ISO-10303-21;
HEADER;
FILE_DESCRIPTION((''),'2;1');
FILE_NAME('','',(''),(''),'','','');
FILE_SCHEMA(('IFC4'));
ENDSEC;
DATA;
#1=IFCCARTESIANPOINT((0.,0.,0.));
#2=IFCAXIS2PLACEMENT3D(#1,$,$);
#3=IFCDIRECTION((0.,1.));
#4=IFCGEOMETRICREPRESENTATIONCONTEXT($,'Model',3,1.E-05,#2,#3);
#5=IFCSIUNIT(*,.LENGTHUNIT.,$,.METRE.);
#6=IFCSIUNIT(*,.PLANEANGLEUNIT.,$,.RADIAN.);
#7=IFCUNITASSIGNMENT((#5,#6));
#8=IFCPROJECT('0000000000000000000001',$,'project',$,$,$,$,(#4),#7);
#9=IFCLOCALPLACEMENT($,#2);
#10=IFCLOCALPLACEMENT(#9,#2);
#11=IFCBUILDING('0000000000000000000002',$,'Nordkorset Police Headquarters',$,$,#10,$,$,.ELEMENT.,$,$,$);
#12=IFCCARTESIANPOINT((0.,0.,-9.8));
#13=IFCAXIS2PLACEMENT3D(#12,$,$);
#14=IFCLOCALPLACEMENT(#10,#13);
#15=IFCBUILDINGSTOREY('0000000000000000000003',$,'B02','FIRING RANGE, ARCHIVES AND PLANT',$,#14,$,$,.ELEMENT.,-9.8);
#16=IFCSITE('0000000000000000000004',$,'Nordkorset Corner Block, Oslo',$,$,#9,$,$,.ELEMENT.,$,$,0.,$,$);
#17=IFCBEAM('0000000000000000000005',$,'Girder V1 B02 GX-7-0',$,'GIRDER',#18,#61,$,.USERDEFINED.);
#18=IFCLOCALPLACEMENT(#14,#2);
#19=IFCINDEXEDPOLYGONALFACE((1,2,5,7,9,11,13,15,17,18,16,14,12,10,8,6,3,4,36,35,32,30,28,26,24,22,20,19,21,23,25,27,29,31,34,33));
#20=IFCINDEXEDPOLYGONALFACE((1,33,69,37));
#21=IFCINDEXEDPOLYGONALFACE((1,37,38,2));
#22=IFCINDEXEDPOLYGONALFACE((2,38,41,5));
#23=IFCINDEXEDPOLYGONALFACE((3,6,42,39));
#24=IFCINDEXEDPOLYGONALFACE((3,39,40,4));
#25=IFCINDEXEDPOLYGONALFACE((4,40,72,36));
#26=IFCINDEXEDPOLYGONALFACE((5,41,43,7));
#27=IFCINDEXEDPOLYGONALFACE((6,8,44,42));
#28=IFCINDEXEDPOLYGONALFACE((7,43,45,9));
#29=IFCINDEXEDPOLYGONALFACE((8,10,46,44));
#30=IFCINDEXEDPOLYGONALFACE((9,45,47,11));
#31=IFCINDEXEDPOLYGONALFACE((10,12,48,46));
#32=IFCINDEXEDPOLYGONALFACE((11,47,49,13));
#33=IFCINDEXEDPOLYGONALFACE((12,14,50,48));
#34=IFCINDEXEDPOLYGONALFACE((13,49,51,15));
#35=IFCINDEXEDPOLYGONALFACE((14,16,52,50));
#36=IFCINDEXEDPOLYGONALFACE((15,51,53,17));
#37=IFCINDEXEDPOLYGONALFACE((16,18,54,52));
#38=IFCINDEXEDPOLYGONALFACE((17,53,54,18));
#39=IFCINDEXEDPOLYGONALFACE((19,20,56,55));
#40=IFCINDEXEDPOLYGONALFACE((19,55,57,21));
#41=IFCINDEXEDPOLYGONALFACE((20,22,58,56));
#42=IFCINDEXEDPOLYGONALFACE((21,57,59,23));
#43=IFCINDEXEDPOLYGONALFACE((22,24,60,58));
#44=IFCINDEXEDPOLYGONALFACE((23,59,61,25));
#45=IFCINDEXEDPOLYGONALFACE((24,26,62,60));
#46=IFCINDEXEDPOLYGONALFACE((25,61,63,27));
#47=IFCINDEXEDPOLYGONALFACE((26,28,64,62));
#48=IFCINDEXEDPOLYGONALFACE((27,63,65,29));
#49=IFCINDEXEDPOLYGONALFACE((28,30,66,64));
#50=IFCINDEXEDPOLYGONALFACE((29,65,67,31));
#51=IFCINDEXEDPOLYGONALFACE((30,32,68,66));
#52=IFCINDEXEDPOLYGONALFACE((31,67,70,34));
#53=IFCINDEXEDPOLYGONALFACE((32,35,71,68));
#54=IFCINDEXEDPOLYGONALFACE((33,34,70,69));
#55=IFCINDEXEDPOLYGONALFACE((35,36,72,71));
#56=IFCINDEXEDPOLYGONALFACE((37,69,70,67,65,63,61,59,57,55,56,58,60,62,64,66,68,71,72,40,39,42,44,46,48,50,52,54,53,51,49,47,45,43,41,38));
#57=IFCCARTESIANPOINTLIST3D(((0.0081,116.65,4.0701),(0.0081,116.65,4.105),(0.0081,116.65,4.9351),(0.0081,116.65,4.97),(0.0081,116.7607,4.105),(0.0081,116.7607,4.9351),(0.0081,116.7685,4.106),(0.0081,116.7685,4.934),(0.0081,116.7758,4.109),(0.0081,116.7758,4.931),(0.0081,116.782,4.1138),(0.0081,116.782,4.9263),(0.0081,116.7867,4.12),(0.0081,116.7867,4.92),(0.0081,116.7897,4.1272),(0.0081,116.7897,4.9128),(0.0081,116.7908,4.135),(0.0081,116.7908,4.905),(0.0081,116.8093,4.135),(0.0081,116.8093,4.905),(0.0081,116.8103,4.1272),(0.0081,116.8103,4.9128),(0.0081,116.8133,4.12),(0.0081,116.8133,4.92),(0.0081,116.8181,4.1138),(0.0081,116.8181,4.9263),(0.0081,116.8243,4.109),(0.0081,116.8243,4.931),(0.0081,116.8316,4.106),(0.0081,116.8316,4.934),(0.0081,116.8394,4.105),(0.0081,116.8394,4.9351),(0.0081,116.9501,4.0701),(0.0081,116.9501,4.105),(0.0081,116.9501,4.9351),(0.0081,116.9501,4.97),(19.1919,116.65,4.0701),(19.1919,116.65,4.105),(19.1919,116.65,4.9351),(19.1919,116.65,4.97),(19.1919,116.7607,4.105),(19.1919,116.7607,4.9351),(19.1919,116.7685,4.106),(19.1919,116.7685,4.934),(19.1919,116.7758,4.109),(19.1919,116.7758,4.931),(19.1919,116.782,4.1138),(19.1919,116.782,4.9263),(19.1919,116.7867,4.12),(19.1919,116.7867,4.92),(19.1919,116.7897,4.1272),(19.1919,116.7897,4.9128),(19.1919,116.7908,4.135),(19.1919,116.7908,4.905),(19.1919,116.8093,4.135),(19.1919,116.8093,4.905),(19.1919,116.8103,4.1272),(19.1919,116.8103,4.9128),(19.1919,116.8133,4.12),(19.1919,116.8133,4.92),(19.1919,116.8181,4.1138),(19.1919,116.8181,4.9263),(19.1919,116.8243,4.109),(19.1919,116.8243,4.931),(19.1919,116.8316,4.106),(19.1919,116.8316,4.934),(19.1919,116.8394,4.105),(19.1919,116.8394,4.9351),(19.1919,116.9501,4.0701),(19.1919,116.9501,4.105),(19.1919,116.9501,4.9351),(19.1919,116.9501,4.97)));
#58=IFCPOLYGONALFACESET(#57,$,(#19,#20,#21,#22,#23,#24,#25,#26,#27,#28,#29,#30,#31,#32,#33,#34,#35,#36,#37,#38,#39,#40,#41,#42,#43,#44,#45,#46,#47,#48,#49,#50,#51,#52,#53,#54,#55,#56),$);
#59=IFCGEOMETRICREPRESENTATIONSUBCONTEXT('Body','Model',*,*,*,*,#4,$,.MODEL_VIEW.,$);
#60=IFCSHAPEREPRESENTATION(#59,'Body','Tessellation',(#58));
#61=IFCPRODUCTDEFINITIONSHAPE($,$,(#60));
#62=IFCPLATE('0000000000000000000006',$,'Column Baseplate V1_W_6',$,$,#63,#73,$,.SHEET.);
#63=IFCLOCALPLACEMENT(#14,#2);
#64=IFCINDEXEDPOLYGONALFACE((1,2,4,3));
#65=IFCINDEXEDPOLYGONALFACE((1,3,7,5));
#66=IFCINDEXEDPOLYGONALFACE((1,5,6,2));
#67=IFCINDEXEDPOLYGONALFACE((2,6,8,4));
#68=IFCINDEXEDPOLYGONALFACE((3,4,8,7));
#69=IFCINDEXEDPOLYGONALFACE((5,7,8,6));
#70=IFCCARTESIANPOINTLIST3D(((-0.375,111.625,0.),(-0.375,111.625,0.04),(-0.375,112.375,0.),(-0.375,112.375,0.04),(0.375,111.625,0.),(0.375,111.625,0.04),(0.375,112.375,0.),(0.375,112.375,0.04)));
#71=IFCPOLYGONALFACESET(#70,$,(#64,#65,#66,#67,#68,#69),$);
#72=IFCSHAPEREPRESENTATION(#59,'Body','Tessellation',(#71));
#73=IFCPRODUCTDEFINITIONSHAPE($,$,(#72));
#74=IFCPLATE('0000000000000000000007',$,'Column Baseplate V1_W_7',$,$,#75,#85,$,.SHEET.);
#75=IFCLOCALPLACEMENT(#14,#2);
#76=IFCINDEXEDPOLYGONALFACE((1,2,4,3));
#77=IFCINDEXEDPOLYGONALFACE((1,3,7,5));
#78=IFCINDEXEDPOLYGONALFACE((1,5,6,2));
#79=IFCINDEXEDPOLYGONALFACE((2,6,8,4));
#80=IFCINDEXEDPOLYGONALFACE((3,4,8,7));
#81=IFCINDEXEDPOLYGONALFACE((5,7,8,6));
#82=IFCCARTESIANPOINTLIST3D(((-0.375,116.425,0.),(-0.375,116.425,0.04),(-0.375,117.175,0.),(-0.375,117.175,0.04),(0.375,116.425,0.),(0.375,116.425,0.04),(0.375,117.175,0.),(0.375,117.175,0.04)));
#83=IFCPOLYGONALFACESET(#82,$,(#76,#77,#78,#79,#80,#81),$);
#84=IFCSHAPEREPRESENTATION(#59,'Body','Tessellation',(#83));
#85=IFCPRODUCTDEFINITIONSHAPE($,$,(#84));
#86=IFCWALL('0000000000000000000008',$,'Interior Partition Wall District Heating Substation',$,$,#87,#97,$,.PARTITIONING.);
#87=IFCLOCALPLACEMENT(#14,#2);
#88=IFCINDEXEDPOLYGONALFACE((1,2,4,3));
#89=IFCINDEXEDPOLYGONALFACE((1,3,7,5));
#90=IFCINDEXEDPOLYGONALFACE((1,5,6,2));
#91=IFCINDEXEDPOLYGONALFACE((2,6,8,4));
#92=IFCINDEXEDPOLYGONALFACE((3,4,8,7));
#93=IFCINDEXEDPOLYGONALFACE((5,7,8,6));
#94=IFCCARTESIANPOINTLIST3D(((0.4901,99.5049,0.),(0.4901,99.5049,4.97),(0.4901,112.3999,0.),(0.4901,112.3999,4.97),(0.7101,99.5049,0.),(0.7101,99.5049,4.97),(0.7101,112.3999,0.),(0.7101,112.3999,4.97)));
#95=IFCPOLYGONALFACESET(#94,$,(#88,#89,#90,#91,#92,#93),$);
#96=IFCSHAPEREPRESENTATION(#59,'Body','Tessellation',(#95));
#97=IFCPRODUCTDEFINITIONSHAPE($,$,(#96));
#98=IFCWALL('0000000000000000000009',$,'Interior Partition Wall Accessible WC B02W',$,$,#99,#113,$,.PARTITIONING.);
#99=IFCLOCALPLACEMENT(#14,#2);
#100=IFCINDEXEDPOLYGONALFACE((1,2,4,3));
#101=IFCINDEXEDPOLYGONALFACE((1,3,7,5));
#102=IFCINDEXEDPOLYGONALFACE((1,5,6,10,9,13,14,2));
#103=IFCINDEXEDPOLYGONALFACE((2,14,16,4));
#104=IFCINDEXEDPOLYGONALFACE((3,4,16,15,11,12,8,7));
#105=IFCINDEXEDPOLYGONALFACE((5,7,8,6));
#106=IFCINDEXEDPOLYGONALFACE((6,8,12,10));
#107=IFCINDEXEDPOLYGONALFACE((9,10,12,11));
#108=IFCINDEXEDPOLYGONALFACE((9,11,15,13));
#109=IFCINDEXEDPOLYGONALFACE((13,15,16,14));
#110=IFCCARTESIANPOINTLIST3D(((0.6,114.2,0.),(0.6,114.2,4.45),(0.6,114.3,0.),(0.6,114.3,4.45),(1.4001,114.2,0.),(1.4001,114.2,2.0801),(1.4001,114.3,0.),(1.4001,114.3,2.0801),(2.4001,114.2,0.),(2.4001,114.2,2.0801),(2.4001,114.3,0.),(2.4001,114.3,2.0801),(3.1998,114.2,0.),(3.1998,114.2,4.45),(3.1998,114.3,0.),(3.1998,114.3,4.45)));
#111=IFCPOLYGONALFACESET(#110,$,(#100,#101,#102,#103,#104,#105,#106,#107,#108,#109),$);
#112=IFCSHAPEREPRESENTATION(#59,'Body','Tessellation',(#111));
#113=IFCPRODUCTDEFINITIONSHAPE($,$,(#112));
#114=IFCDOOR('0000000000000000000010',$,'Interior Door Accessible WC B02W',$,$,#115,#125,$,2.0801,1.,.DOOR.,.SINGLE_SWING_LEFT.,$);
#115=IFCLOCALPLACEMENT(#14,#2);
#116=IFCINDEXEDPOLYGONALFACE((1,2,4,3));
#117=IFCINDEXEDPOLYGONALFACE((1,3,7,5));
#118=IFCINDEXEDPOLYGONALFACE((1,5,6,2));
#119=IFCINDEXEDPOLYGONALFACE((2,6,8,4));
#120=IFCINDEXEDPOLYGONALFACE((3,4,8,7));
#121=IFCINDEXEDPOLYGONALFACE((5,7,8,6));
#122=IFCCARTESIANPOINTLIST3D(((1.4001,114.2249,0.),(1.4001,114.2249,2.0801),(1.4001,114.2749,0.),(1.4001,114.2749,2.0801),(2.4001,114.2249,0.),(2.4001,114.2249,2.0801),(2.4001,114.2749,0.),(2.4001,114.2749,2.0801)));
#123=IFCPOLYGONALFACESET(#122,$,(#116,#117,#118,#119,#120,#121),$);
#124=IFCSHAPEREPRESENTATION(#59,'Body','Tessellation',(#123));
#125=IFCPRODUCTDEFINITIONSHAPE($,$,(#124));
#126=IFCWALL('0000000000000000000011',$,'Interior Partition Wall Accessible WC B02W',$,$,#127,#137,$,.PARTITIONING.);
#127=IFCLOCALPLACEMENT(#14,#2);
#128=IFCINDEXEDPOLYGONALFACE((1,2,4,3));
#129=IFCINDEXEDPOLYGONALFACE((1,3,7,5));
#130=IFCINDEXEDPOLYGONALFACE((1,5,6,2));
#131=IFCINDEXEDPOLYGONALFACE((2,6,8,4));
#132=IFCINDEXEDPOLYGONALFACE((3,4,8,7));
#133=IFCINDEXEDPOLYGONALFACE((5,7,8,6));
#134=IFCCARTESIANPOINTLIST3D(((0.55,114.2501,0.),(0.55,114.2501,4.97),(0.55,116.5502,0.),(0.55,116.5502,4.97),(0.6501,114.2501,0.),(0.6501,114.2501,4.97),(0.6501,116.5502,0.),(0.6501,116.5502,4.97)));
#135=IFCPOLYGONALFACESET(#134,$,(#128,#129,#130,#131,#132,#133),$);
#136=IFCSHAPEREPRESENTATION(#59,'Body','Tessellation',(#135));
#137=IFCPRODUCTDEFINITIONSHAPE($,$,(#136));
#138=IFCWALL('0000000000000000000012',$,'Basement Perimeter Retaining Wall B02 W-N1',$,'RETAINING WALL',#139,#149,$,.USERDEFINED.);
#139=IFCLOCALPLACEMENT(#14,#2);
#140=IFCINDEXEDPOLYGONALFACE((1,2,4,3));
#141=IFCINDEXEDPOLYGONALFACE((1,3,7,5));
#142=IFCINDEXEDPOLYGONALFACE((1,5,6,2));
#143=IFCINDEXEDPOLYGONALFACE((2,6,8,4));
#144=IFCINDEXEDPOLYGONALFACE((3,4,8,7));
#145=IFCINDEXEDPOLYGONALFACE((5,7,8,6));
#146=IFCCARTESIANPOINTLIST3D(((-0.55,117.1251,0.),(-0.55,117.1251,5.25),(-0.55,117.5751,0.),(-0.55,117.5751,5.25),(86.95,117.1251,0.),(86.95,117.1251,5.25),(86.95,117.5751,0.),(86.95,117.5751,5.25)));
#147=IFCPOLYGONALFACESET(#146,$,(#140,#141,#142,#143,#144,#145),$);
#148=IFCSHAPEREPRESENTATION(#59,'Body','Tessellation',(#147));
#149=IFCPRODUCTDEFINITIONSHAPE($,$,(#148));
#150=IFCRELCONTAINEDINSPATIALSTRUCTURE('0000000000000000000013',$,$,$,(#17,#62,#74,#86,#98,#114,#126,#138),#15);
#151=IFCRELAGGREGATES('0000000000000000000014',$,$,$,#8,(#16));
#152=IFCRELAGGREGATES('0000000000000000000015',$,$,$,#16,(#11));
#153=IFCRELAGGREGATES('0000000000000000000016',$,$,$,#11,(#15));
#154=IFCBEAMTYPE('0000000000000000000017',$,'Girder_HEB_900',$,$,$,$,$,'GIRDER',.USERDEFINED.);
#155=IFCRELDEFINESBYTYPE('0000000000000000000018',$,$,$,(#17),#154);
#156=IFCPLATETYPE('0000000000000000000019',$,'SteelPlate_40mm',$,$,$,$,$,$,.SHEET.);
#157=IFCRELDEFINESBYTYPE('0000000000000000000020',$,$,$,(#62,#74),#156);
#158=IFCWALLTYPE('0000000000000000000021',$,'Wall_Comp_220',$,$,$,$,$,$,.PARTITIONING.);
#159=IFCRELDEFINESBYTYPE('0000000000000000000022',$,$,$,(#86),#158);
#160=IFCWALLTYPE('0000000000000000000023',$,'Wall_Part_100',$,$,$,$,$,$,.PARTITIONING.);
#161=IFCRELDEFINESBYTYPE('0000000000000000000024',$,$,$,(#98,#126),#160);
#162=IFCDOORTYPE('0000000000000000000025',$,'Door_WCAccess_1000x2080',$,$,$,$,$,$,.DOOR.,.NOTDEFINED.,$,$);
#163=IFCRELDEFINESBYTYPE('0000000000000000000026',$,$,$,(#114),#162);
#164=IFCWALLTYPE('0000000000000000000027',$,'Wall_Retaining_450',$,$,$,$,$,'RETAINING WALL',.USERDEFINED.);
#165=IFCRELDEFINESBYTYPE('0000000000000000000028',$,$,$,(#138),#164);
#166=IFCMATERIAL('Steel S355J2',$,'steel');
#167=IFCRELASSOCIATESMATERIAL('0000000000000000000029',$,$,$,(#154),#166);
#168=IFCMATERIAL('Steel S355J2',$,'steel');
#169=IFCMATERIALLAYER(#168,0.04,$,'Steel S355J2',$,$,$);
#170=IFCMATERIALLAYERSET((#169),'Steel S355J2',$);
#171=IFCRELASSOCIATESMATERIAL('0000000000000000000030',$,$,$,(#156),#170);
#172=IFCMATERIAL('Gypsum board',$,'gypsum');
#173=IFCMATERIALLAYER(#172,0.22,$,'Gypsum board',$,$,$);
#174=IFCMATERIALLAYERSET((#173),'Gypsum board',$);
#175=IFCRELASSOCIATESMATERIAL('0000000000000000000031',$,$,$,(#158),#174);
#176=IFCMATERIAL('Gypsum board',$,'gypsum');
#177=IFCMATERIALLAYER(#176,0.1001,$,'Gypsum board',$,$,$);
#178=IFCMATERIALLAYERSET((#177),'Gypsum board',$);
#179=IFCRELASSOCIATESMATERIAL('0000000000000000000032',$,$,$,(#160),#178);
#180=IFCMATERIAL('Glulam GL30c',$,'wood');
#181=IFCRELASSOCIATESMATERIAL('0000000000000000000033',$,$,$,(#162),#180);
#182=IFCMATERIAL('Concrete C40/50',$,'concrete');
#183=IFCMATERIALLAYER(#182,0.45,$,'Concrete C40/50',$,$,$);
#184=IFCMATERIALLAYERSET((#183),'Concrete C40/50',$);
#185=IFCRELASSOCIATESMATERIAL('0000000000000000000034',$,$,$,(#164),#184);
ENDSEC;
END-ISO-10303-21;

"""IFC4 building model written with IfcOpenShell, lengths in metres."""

from ifc_helpers import new_model, si_unit, direction, frame, frame_2d, origin, origin_2d, place, context, subcontext, project, spatial, rectangle, i_section, extrude, material, layer, layer_set, material_profile, profile_set, type_object, element, fill, save


model = new_model("IFC4")

# Units and contexts
model_context = context("Model", 3, precision=1e-05, world=origin(), true_north=direction((0.0, 1.0)))
body_context = subcontext(model_context, "Body", "Model", "MODEL_VIEW")
ifc_project = project(units=[si_unit("LENGTHUNIT", "METRE"), si_unit("PLANEANGLEUNIT", "RADIAN")], contexts=[model_context])

# Site, building, storey
site_placement = place(None, origin())
site = spatial("IfcSite", under=ifc_project, at=site_placement, Name="Nordkorset Corner Block, Oslo", CompositionType="ELEMENT", RefElevation=0.0)
building_placement = place(site_placement, origin())
building = spatial("IfcBuilding", under=site, at=building_placement, Name="Nordkorset Police Headquarters", CompositionType="ELEMENT")
storey_placement = place(building_placement, frame((0.0, 0.0, -9.8)))
storey = spatial("IfcBuildingStorey", under=building, at=storey_placement, Name="B02", Description="FIRING RANGE, ARCHIVES AND PLANT", CompositionType="ELEMENT", Elevation=-9.8)

# Beam
ifc_material_1 = material(Name="Steel S355J2", Category="steel")
ifc_material_profile_1 = material_profile(ifc_material_1, i_section(OverallWidth=0.3, OverallDepth=0.8999, WebThickness=0.0186, FlangeThickness=0.0349, FilletRadius=0.03, at=origin_2d()), Name="HEB 900")
ifc_profile_set_1 = profile_set([ifc_material_profile_1], Name="Steel S355J2")
beam_type_1 = type_object("IfcBeamType", Name="Girder_HEB_900", ElementType="GIRDER", PredefinedType="USERDEFINED", material=ifc_profile_set_1)
for number, where, z_axis, x_axis, name in (
    (1, (0.0081, 116.8, 4.52), (1.0, 0.0, 0.0), (0.0, 1.0, 0.0), "Girder V1 B02 GX-7-0"),
):
    element("IfcBeam", number, at=place(storey_placement, frame(where, z_axis=z_axis, x_axis=x_axis)), inside=storey, type_object=beam_type_1, Name=name, ObjectType="GIRDER", PredefinedType="USERDEFINED", context=body_context, shape_type="SweptSolid", body=[
        extrude(i_section(OverallWidth=0.3, OverallDepth=0.8999, WebThickness=0.0186, FlangeThickness=0.0349, FilletRadius=0.03, at=origin_2d()), origin(), (0.0, 0.0, 1.0), 19.1838),
    ])

# Plates
ifc_material_2 = material(Name="Steel S355J2", Category="steel")
ifc_layer_1 = layer(ifc_material_2, 0.04, Name="Steel S355J2")
ifc_layer_set_1 = layer_set([ifc_layer_1], Name="Steel S355J2")
plate_type = type_object("IfcPlateType", Name="SteelPlate_40mm", PredefinedType="SHEET", material=ifc_layer_set_1)
for number, where, z_axis, x_axis, name in (
    (2, (0.0, 112.0, 0.0), (0.0, 0.0, 1.0), (1.0, 0.0, 0.0), "Column Baseplate V1_W_6"),
    (3, (0.0, 116.8, 0.0), (0.0, 0.0, 1.0), (1.0, 0.0, 0.0), "Column Baseplate V1_W_7"),
):
    element("IfcPlate", number, at=place(storey_placement, frame(where, z_axis=z_axis, x_axis=x_axis)), inside=storey, type_object=plate_type, Name=name, PredefinedType="SHEET", context=body_context, shape_type="SweptSolid", body=[
        extrude(rectangle(XDim=0.75, YDim=0.75, at=origin_2d()), origin(), (0.0, 0.0, 1.0), 0.04),
    ])

# Wall
ifc_material_3 = material(Name="Gypsum board", Category="gypsum")
ifc_layer_2 = layer(ifc_material_3, 0.22, Name="Gypsum board")
ifc_layer_set_2 = layer_set([ifc_layer_2], Name="Gypsum board")
wall_type_1 = type_object("IfcWallType", Name="Wall_Comp_220", PredefinedType="PARTITIONING", material=ifc_layer_set_2)
wall_1_placement = place(storey_placement, frame((0.6001, 112.3999, 0.0), z_axis=(0.0, 0.0, 1.0), x_axis=(0.0, -1.0, 0.0)))
element("IfcWall", 4, at=wall_1_placement, inside=storey, type_object=wall_type_1, Name="Interior Partition Wall District Heating Substation", PredefinedType="PARTITIONING", context=body_context, shape_type="SweptSolid", body=[
    extrude(rectangle(XDim=12.895, YDim=0.22, at=frame_2d((6.4475, 0.0))), origin(), (0.0, 0.0, 1.0), 4.97),
])

# Wall, opening, door
ifc_material_4 = material(Name="Gypsum board", Category="gypsum")
ifc_layer_3 = layer(ifc_material_4, 0.1001, Name="Gypsum board")
ifc_layer_set_3 = layer_set([ifc_layer_3], Name="Gypsum board")
wall_type_2 = type_object("IfcWallType", Name="Wall_Part_100", PredefinedType="PARTITIONING", material=ifc_layer_set_3)
wall_2_placement = place(storey_placement, frame((0.6001, 114.25, 0.0), z_axis=(0.0, 0.0, 1.0), x_axis=(1.0, 0.0, 0.0)))
wall_2 = element("IfcWall", 5, at=wall_2_placement, inside=storey, type_object=wall_type_2, Name="Interior Partition Wall Accessible WC B02W", PredefinedType="PARTITIONING", context=body_context, shape_type="SweptSolid", body=[
    extrude(rectangle(XDim=2.5999, YDim=0.1001, at=frame_2d((1.2998, 0.0))), origin(), (0.0, 0.0, 1.0), 4.45),
])
opening_placement = place(wall_2_placement, frame((0.8, 0.0, 0.0)))
opening = element("IfcOpeningElement", 6, at=opening_placement, cuts=wall_2, PredefinedType="OPENING", context=body_context, shape_type="SweptSolid", body=[
    extrude(rectangle(XDim=1.0, YDim=2.0801, at=frame_2d((0.5, 1.04))), frame((0.0, 0.0601, 0.0), z_axis=(0.0, -1.0, 0.0), x_axis=(1.0, 0.0, 0.0)), (0.0, 0.0, 1.0), 0.1201),
])
ifc_material_5 = material(Name="Glulam GL30c", Category="wood")
door_type = type_object("IfcDoorType", Name="Door_WCAccess_1000x2080", OperationType="NOTDEFINED", PredefinedType="DOOR", material=ifc_material_5)
door_placement = place(opening_placement, origin())
door = element("IfcDoor", 7, at=door_placement, inside=storey, type_object=door_type, Name="Interior Door Accessible WC B02W", OperationType="SINGLE_SWING_LEFT", OverallHeight=2.0801, OverallWidth=1.0, PredefinedType="DOOR", context=body_context, shape_type="SweptSolid", body=[
    extrude(rectangle(XDim=1.0, YDim=2.0801, at=frame_2d((0.5, 1.04))), frame((0.0, 0.0249, 0.0), z_axis=(0.0, -1.0, 0.0), x_axis=(1.0, 0.0, 0.0)), (0.0, 0.0, 1.0), 0.05),
])
fill(opening, door)

# Walls
wall_3_placement = place(storey_placement, frame((0.6001, 116.55, 0.0), z_axis=(0.0, 0.0, 1.0), x_axis=(0.0, -1.0, 0.0)))
element("IfcWall", 8, at=wall_3_placement, inside=storey, type_object=wall_type_2, Name="Interior Partition Wall Accessible WC B02W", PredefinedType="PARTITIONING", context=body_context, shape_type="SweptSolid", body=[
    extrude(rectangle(XDim=2.3, YDim=0.1001, at=frame_2d((1.1499, 0.0))), origin(), (0.0, 0.0, 1.0), 4.97),
])
ifc_material_6 = material(Name="Concrete C40/50", Category="concrete")
ifc_layer_4 = layer(ifc_material_6, 0.45, Name="Concrete C40/50")
ifc_layer_set_4 = layer_set([ifc_layer_4], Name="Concrete C40/50")
wall_type_3 = type_object("IfcWallType", Name="Wall_Retaining_450", ElementType="RETAINING WALL", PredefinedType="USERDEFINED", material=ifc_layer_set_4)
wall_4_placement = place(storey_placement, frame((-0.55, 117.3501, 0.0), z_axis=(0.0, 0.0, 1.0), x_axis=(1.0, 0.0, 0.0)))
element("IfcWall", 9, at=wall_4_placement, inside=storey, type_object=wall_type_3, Name="Basement Perimeter Retaining Wall B02 W-N1", ObjectType="RETAINING WALL", PredefinedType="USERDEFINED", context=body_context, shape_type="SweptSolid", body=[
    extrude(rectangle(XDim=87.5, YDim=0.45, at=frame_2d((43.75, 0.0))), origin(), (0.0, 0.0, 1.0), 5.25),
])

save(model, "model.ifc")
